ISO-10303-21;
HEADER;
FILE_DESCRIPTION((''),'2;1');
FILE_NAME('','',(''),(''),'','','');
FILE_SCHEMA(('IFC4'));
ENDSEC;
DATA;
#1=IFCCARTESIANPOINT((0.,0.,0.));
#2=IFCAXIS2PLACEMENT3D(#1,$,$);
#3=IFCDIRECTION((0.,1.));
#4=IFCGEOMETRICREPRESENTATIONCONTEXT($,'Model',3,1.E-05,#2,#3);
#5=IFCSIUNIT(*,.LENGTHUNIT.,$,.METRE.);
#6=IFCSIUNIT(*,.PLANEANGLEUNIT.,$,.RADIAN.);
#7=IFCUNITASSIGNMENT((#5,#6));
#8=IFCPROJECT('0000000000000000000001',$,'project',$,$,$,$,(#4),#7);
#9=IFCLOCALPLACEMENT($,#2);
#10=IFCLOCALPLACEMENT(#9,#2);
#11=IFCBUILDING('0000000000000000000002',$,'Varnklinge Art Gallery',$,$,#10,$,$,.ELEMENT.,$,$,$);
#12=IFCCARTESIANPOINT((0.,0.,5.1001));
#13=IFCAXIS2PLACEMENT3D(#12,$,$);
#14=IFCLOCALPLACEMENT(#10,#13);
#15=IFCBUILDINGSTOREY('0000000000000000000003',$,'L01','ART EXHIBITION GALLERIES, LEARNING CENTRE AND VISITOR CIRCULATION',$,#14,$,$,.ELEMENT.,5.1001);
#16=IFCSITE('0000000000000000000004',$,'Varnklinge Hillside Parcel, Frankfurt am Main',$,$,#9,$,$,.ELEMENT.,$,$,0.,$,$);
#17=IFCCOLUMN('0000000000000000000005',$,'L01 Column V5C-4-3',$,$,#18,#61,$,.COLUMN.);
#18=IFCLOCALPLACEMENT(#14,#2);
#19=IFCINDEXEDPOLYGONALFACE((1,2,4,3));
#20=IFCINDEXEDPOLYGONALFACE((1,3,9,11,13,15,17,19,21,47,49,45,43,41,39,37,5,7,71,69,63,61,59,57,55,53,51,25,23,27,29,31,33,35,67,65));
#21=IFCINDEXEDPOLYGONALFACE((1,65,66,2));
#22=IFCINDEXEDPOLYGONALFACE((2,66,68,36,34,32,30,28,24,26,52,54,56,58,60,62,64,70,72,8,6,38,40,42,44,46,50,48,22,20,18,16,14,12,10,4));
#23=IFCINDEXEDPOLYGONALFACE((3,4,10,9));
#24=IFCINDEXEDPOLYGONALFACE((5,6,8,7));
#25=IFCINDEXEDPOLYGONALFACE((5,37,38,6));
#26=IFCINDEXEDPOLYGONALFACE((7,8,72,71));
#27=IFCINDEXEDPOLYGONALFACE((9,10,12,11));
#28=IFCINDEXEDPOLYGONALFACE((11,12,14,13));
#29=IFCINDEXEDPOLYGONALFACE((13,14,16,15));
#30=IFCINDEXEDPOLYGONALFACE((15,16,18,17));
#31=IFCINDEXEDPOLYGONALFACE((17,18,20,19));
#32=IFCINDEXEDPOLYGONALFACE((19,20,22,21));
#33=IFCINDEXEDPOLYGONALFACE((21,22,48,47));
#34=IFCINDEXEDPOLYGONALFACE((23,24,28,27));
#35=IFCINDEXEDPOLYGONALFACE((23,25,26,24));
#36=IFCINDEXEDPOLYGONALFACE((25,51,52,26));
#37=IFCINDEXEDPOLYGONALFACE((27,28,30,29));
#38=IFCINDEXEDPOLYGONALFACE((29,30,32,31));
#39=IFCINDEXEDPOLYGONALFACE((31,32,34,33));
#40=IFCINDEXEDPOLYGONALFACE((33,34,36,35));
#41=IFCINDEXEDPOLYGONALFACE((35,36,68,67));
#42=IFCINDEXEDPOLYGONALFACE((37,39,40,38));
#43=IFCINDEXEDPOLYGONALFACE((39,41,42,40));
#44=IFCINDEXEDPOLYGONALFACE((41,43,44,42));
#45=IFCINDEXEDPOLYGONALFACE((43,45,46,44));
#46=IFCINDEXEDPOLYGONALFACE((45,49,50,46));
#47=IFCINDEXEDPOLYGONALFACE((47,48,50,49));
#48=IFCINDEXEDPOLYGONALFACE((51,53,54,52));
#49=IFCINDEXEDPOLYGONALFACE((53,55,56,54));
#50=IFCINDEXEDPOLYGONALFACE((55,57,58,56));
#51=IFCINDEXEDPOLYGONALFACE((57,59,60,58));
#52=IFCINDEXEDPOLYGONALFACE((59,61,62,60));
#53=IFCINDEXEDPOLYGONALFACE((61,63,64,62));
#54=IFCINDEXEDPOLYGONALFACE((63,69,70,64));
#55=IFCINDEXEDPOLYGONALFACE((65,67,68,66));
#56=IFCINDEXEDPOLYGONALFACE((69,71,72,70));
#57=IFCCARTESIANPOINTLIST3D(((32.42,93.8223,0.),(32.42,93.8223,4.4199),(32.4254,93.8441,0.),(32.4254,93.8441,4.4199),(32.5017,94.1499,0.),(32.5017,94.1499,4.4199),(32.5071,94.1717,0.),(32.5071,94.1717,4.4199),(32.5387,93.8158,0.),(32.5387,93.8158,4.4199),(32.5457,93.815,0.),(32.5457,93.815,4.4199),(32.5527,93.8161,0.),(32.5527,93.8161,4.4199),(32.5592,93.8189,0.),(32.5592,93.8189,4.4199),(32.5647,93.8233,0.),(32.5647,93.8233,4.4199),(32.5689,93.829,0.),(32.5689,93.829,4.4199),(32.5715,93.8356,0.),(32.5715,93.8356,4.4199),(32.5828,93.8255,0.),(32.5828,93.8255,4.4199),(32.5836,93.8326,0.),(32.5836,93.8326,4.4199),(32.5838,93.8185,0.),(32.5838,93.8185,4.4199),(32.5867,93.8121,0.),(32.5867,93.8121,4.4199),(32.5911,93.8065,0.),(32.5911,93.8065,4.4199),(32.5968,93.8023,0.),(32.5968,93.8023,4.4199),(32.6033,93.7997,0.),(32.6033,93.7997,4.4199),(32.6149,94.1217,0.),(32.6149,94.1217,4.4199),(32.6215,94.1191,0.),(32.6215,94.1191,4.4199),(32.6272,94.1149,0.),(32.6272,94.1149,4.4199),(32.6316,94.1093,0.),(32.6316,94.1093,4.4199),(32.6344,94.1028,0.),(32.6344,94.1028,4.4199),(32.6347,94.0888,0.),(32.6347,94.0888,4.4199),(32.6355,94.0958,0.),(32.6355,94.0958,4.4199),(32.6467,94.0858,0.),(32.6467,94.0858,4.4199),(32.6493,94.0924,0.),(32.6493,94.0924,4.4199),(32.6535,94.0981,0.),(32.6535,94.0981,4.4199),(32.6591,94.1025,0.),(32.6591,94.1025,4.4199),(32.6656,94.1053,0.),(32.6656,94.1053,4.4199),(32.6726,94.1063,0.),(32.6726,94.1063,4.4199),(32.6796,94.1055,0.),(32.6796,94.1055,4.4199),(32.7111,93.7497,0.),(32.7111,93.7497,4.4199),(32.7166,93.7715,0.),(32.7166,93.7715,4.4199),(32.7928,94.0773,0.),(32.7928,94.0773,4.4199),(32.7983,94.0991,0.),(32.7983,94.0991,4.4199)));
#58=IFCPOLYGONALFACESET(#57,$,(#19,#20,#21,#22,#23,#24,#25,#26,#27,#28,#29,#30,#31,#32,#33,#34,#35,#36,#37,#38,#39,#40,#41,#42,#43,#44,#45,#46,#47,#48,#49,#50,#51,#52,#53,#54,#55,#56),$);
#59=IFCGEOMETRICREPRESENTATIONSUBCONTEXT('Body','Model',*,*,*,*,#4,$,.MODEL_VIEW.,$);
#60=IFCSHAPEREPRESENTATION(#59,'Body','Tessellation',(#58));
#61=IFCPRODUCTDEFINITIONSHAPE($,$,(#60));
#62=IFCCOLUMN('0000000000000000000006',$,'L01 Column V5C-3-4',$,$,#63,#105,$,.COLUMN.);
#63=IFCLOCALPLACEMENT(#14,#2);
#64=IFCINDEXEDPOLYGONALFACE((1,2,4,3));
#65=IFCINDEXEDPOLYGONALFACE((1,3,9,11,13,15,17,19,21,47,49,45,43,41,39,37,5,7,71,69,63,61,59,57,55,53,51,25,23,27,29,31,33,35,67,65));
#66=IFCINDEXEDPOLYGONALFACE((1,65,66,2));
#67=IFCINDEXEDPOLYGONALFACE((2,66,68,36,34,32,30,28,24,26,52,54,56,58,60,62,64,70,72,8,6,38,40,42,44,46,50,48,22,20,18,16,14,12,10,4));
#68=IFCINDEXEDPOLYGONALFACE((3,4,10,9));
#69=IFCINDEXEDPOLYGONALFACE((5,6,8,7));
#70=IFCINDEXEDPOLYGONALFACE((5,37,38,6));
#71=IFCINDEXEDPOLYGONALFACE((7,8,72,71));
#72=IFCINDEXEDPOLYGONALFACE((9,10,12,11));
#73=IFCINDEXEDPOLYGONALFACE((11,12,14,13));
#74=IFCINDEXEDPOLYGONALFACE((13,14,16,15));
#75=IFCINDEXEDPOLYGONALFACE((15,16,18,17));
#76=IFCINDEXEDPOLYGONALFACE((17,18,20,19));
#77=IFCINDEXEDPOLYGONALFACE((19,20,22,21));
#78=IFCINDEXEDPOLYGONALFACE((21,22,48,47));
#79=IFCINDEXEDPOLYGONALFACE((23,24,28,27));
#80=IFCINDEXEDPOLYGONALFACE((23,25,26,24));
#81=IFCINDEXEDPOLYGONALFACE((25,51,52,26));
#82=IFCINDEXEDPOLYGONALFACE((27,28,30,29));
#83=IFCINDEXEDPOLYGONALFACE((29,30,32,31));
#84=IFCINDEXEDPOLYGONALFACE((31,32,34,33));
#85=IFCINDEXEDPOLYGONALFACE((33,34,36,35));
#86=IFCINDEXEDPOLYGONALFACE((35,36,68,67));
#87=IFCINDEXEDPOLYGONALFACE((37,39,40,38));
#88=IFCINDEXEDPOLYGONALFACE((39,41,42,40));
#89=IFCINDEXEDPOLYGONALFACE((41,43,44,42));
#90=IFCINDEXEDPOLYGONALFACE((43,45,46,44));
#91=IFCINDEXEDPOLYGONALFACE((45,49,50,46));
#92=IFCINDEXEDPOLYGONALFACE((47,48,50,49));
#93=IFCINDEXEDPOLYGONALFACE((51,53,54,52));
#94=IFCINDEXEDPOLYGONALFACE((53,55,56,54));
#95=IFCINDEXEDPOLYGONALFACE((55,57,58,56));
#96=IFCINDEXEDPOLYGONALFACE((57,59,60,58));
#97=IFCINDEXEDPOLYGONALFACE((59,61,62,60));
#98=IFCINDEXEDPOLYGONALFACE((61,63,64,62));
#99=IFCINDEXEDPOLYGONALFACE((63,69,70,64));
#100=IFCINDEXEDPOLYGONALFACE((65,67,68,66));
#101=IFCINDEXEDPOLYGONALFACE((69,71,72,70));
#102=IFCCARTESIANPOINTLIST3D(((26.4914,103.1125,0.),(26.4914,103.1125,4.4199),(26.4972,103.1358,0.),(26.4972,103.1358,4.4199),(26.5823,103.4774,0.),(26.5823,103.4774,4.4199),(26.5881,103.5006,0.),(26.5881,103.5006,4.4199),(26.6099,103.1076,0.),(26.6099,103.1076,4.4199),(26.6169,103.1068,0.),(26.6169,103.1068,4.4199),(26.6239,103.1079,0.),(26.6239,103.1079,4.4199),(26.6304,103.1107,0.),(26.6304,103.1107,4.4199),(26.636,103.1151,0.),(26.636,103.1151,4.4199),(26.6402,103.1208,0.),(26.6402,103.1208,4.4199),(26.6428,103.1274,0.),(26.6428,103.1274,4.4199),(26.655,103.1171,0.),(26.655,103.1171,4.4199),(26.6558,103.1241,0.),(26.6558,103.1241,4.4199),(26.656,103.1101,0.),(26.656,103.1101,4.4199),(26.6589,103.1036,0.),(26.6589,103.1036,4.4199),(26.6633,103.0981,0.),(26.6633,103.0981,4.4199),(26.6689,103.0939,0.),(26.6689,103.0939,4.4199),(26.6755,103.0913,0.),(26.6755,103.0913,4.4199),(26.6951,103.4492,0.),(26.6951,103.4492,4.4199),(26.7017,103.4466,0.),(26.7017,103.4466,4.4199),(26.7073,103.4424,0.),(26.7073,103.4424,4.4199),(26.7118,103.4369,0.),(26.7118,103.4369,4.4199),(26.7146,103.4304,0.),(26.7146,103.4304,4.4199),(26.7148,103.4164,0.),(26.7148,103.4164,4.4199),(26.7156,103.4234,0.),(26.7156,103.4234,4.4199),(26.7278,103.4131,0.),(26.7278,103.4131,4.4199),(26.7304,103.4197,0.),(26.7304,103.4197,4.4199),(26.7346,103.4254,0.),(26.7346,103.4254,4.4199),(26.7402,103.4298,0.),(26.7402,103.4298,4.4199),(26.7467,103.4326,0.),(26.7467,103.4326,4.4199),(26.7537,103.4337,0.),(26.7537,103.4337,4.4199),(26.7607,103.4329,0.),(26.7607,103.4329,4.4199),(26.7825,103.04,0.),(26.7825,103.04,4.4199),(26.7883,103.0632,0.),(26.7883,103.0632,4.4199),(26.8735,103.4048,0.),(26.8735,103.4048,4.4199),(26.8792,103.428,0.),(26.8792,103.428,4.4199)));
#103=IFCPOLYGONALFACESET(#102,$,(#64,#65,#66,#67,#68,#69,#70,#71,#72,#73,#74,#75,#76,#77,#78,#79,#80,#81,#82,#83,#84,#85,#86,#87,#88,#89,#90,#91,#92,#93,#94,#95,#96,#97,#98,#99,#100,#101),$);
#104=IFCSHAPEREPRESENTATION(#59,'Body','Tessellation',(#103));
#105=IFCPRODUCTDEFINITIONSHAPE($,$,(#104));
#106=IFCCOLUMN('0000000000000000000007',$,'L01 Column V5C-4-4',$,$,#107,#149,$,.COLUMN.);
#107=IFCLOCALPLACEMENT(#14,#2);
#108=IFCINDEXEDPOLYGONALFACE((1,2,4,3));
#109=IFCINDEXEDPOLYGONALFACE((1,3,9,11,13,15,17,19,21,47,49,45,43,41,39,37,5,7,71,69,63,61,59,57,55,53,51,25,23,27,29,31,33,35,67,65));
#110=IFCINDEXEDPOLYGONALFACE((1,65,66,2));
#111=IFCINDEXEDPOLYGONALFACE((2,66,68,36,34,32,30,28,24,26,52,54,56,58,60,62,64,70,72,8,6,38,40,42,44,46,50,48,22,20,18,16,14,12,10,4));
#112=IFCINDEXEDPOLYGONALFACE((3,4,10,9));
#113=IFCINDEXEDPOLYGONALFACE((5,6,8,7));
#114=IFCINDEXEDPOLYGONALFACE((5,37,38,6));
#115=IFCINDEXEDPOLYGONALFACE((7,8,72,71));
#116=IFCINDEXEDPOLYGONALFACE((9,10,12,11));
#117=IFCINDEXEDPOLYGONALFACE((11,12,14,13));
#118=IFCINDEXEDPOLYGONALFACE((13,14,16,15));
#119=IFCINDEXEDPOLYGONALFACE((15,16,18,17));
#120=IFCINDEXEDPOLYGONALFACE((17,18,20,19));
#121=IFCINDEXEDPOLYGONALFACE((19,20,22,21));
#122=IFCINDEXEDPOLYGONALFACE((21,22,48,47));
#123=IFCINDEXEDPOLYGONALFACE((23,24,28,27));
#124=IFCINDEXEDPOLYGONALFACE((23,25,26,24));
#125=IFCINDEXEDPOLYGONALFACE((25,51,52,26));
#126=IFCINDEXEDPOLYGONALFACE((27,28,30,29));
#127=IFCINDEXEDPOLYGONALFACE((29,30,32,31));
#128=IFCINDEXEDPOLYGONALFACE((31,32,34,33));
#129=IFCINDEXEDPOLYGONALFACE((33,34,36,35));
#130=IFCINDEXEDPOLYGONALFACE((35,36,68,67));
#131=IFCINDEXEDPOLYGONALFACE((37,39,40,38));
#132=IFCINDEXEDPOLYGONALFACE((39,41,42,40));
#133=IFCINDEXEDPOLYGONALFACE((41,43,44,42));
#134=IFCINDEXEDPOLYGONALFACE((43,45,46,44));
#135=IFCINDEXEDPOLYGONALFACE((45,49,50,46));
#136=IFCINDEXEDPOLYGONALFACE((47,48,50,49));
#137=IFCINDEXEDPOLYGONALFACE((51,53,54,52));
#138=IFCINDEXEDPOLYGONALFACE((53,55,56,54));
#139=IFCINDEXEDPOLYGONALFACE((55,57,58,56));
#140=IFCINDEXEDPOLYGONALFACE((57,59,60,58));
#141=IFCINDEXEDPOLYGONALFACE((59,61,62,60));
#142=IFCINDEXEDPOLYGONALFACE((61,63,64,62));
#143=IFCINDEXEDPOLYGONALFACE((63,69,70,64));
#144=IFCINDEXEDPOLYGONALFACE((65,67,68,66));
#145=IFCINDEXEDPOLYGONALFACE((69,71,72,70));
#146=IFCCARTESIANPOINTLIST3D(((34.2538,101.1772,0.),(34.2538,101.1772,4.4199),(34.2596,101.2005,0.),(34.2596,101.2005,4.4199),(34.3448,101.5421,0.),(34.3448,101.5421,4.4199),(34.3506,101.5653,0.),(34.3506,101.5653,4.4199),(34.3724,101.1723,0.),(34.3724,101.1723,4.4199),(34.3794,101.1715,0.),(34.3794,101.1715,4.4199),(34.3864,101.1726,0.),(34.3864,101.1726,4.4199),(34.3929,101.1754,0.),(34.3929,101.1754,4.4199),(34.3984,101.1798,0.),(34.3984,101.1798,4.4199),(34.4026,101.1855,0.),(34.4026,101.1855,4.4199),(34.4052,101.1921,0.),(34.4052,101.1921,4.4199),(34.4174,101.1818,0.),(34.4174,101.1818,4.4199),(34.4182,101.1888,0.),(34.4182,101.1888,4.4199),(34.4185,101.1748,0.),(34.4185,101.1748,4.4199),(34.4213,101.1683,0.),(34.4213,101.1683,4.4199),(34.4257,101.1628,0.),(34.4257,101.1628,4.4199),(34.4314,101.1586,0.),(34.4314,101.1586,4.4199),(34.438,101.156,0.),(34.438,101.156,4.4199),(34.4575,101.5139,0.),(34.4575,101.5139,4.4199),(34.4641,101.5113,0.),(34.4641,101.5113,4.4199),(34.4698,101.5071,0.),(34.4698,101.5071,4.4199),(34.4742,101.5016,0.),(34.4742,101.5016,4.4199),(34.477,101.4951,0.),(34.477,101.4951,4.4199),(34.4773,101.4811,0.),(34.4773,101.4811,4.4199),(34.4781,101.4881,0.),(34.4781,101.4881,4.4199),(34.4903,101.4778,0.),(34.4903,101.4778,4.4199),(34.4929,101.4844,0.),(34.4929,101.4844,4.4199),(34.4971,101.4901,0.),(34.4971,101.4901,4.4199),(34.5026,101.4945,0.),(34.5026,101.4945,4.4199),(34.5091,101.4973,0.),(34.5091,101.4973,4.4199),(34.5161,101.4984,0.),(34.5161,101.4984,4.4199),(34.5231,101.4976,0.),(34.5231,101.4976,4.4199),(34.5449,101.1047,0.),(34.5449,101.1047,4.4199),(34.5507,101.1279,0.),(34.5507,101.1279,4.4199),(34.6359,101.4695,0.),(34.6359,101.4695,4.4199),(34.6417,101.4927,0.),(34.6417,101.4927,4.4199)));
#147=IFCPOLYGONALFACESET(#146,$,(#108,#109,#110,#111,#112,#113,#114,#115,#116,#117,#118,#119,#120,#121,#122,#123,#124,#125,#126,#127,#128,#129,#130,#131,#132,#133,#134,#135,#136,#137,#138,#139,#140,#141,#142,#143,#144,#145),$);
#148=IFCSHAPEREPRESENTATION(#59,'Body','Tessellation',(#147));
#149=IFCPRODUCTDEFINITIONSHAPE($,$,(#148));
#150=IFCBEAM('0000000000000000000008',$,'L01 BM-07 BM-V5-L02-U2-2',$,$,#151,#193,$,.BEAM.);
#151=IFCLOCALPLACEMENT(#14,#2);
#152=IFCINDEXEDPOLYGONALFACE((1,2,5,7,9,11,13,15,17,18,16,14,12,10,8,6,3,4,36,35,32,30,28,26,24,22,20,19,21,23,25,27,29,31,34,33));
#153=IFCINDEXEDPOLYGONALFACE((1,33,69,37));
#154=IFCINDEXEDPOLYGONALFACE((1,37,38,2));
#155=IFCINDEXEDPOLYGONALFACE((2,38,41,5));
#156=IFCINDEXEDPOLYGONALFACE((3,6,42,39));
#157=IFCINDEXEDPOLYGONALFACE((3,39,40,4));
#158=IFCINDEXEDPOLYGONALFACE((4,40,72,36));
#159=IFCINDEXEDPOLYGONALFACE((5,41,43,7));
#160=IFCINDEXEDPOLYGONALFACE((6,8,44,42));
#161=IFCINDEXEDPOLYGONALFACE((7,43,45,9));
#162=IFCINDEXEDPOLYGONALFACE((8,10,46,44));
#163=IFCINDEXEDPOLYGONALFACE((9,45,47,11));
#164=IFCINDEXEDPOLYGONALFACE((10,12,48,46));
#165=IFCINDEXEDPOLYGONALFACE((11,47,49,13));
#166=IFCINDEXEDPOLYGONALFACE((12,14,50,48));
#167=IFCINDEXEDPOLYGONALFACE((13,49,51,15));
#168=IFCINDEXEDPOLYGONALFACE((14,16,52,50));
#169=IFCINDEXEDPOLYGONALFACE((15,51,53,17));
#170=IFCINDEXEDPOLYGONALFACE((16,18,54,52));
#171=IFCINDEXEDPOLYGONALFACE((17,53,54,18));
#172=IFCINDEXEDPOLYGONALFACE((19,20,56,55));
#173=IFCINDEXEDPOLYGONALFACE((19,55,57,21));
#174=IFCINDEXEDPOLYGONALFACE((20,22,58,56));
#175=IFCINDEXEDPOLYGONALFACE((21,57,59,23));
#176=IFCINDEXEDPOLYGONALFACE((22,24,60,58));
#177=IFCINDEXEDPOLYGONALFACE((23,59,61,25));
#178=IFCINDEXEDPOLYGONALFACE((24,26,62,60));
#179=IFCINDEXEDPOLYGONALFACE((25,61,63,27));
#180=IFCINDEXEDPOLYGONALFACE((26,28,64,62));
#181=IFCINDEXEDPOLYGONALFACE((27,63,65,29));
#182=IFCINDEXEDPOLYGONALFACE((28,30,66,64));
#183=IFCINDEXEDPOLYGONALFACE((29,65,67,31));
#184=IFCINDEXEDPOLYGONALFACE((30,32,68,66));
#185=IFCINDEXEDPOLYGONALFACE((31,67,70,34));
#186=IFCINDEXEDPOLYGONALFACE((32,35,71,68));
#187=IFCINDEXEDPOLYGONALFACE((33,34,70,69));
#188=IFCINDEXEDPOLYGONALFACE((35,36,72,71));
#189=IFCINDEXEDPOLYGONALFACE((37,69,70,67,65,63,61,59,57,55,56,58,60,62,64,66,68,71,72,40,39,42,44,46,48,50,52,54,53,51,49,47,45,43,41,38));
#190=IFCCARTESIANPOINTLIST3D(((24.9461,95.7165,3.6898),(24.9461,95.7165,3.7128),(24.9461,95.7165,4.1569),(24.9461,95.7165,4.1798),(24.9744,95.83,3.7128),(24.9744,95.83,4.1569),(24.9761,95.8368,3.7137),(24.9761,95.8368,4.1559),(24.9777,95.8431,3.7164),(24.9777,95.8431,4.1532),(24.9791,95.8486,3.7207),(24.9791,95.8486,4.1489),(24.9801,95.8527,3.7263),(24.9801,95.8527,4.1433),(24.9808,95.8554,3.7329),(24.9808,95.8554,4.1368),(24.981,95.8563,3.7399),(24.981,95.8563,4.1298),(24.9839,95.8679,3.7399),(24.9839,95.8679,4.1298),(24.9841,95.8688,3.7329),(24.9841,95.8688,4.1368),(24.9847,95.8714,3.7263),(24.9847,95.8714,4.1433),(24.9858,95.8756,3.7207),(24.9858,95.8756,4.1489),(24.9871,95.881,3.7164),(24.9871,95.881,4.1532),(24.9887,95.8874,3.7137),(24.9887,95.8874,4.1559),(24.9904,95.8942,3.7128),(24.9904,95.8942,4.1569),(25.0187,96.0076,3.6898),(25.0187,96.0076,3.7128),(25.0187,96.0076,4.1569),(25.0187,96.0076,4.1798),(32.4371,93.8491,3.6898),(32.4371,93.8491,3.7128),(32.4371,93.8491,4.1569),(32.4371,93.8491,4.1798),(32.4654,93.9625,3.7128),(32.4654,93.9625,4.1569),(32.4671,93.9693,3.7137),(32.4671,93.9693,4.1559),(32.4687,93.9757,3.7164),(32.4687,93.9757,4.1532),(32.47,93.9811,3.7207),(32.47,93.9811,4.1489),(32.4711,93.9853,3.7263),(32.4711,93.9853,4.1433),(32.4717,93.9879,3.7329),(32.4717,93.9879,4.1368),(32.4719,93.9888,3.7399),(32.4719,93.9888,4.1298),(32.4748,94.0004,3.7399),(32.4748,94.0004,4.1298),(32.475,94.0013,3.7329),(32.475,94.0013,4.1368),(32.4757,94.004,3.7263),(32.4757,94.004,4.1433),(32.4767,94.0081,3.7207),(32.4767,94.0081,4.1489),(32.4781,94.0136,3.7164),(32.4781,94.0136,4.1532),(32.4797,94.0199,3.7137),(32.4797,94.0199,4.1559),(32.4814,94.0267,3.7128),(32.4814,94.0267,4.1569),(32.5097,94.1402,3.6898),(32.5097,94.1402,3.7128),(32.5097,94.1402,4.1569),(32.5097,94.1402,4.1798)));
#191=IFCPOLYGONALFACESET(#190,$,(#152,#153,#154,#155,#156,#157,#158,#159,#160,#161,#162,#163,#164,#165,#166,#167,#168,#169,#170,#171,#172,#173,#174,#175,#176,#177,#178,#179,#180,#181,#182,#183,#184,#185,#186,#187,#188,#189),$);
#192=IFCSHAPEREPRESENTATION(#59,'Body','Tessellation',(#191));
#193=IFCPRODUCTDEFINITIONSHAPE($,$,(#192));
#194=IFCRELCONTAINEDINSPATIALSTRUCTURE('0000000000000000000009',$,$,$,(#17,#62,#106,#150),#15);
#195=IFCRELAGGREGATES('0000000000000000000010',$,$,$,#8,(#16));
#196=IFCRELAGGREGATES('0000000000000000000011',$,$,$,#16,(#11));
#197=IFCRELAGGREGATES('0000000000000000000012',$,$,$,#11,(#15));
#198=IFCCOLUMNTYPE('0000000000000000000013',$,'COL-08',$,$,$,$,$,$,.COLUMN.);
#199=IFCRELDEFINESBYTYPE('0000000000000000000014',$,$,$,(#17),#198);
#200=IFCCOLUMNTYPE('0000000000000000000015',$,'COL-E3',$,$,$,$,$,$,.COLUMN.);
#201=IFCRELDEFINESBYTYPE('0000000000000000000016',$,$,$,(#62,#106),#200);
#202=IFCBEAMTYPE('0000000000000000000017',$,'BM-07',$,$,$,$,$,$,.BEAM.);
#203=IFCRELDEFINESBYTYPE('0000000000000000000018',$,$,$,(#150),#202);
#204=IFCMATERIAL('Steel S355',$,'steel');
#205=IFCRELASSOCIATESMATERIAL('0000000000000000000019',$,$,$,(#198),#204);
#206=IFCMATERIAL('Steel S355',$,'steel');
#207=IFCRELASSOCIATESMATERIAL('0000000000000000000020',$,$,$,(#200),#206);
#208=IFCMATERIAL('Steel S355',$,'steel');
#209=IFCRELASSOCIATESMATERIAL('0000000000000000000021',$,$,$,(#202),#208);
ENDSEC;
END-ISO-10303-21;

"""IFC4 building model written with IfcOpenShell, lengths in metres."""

from ifc_helpers import new_model, si_unit, direction, frame, origin, origin_2d, place, context, subcontext, project, spatial, i_section, extrude, material, material_profile, profile_set, type_object, element, save


model = new_model("IFC4")

# Units and contexts
model_context = context("Model", 3, precision=1e-05, world=origin(), true_north=direction((0.0, 1.0)))
body_context = subcontext(model_context, "Body", "Model", "MODEL_VIEW")
ifc_project = project(units=[si_unit("LENGTHUNIT", "METRE"), si_unit("PLANEANGLEUNIT", "RADIAN")], contexts=[model_context])

# Site, building, storey
site_placement = place(None, origin())
site = spatial("IfcSite", under=ifc_project, at=site_placement, Name="Varnklinge Hillside Parcel, Frankfurt am Main", CompositionType="ELEMENT", RefElevation=0.0)
building_placement = place(site_placement, origin())
building = spatial("IfcBuilding", under=site, at=building_placement, Name="Varnklinge Art Gallery", CompositionType="ELEMENT")
storey_placement = place(building_placement, frame((0.0, 0.0, 5.1001)))
storey = spatial("IfcBuildingStorey", under=building, at=storey_placement, Name="L01", Description="ART EXHIBITION GALLERIES, LEARNING CENTRE AND VISITOR CIRCULATION", CompositionType="ELEMENT", Elevation=5.1001)

# Columns
ifc_material_1 = material(Name="Steel S355", Category="steel")
ifc_material_profile_1 = material_profile(ifc_material_1, i_section(OverallWidth=0.3, OverallDepth=0.3601, WebThickness=0.0125, FlangeThickness=0.0225, FilletRadius=0.0271, at=origin_2d()), Name="HEB 360")
ifc_profile_set_1 = profile_set([ifc_material_profile_1], Name="Steel S355")
column_type_1 = type_object("IfcColumnType", Name="COL-08", PredefinedType="COLUMN", material=ifc_profile_set_1)
column_placement = place(storey_placement, frame((32.6091, 93.9607, 0.0), z_axis=(0.0, 0.0, 1.0), x_axis=(0.970296, -0.241922, 0.0)))
element("IfcColumn", 1, at=column_placement, inside=storey, type_object=column_type_1, Name="L01 Column V5C-4-3", PredefinedType="COLUMN", context=body_context, shape_type="SweptSolid", body=[
    extrude(i_section(OverallWidth=0.3, OverallDepth=0.3601, WebThickness=0.0125, FlangeThickness=0.0225, FilletRadius=0.0271, at=origin_2d()), origin(), (0.0, 0.0, 1.0), 4.4199),
])
ifc_material_2 = material(Name="Steel S355", Category="steel")
ifc_material_profile_2 = material_profile(ifc_material_2, i_section(OverallWidth=0.3, OverallDepth=0.3999, WebThickness=0.0134, FlangeThickness=0.0239, FilletRadius=0.0271, at=origin_2d()), Name="HEB 400")
ifc_profile_set_2 = profile_set([ifc_material_profile_2], Name="Steel S355")
column_type_2 = type_object("IfcColumnType", Name="COL-E3", PredefinedType="COLUMN", material=ifc_profile_set_2)
for number, where, z_axis, x_axis, name in (
    (2, (26.6853, 103.2703, 0.0), (0.0, 0.0, 1.0), (0.970296, -0.241922, 0.0), "L01 Column V5C-3-4"),
    (3, (34.4478, 101.335, 0.0), (0.0, 0.0, 1.0), (0.970296, -0.241922, 0.0), "L01 Column V5C-4-4"),
):
    element("IfcColumn", number, at=place(storey_placement, frame(where, z_axis=z_axis, x_axis=x_axis)), inside=storey, type_object=column_type_2, Name=name, PredefinedType="COLUMN", context=body_context, shape_type="SweptSolid", body=[
        extrude(i_section(OverallWidth=0.3, OverallDepth=0.3999, WebThickness=0.0134, FlangeThickness=0.0239, FilletRadius=0.0271, at=origin_2d()), origin(), (0.0, 0.0, 1.0), 4.4199),
    ])

# Beam
ifc_material_3 = material(Name="Steel S355", Category="steel")
ifc_material_profile_3 = material_profile(ifc_material_3, i_section(OverallWidth=0.3, OverallDepth=0.49, WebThickness=0.012, FlangeThickness=0.0229, FilletRadius=0.0271, at=origin_2d()), Name="HEA 500")
ifc_profile_set_3 = profile_set([ifc_material_profile_3], Name="Steel S355")
beam_type_1 = type_object("IfcBeamType", Name="BM-07", PredefinedType="BEAM", material=ifc_profile_set_3)
beam_1_placement = place(storey_placement, frame((24.9824, 95.8621, 3.9348), z_axis=(0.970304, -0.241888, 0.0), x_axis=(0.241888, 0.970304, 0.0)))
element("IfcBeam", 4, at=beam_1_placement, inside=storey, type_object=beam_type_1, Name="L01 BM-07 BM-V5-L02-U2-2", PredefinedType="BEAM", context=body_context, shape_type="SweptSolid", body=[
    extrude(i_section(OverallWidth=0.3, OverallDepth=0.49, WebThickness=0.012, FlangeThickness=0.0229, FilletRadius=0.0271, at=origin_2d()), origin(), (0.0, 0.0, 1.0), 7.7202),
])

save(model, "model.ifc")
